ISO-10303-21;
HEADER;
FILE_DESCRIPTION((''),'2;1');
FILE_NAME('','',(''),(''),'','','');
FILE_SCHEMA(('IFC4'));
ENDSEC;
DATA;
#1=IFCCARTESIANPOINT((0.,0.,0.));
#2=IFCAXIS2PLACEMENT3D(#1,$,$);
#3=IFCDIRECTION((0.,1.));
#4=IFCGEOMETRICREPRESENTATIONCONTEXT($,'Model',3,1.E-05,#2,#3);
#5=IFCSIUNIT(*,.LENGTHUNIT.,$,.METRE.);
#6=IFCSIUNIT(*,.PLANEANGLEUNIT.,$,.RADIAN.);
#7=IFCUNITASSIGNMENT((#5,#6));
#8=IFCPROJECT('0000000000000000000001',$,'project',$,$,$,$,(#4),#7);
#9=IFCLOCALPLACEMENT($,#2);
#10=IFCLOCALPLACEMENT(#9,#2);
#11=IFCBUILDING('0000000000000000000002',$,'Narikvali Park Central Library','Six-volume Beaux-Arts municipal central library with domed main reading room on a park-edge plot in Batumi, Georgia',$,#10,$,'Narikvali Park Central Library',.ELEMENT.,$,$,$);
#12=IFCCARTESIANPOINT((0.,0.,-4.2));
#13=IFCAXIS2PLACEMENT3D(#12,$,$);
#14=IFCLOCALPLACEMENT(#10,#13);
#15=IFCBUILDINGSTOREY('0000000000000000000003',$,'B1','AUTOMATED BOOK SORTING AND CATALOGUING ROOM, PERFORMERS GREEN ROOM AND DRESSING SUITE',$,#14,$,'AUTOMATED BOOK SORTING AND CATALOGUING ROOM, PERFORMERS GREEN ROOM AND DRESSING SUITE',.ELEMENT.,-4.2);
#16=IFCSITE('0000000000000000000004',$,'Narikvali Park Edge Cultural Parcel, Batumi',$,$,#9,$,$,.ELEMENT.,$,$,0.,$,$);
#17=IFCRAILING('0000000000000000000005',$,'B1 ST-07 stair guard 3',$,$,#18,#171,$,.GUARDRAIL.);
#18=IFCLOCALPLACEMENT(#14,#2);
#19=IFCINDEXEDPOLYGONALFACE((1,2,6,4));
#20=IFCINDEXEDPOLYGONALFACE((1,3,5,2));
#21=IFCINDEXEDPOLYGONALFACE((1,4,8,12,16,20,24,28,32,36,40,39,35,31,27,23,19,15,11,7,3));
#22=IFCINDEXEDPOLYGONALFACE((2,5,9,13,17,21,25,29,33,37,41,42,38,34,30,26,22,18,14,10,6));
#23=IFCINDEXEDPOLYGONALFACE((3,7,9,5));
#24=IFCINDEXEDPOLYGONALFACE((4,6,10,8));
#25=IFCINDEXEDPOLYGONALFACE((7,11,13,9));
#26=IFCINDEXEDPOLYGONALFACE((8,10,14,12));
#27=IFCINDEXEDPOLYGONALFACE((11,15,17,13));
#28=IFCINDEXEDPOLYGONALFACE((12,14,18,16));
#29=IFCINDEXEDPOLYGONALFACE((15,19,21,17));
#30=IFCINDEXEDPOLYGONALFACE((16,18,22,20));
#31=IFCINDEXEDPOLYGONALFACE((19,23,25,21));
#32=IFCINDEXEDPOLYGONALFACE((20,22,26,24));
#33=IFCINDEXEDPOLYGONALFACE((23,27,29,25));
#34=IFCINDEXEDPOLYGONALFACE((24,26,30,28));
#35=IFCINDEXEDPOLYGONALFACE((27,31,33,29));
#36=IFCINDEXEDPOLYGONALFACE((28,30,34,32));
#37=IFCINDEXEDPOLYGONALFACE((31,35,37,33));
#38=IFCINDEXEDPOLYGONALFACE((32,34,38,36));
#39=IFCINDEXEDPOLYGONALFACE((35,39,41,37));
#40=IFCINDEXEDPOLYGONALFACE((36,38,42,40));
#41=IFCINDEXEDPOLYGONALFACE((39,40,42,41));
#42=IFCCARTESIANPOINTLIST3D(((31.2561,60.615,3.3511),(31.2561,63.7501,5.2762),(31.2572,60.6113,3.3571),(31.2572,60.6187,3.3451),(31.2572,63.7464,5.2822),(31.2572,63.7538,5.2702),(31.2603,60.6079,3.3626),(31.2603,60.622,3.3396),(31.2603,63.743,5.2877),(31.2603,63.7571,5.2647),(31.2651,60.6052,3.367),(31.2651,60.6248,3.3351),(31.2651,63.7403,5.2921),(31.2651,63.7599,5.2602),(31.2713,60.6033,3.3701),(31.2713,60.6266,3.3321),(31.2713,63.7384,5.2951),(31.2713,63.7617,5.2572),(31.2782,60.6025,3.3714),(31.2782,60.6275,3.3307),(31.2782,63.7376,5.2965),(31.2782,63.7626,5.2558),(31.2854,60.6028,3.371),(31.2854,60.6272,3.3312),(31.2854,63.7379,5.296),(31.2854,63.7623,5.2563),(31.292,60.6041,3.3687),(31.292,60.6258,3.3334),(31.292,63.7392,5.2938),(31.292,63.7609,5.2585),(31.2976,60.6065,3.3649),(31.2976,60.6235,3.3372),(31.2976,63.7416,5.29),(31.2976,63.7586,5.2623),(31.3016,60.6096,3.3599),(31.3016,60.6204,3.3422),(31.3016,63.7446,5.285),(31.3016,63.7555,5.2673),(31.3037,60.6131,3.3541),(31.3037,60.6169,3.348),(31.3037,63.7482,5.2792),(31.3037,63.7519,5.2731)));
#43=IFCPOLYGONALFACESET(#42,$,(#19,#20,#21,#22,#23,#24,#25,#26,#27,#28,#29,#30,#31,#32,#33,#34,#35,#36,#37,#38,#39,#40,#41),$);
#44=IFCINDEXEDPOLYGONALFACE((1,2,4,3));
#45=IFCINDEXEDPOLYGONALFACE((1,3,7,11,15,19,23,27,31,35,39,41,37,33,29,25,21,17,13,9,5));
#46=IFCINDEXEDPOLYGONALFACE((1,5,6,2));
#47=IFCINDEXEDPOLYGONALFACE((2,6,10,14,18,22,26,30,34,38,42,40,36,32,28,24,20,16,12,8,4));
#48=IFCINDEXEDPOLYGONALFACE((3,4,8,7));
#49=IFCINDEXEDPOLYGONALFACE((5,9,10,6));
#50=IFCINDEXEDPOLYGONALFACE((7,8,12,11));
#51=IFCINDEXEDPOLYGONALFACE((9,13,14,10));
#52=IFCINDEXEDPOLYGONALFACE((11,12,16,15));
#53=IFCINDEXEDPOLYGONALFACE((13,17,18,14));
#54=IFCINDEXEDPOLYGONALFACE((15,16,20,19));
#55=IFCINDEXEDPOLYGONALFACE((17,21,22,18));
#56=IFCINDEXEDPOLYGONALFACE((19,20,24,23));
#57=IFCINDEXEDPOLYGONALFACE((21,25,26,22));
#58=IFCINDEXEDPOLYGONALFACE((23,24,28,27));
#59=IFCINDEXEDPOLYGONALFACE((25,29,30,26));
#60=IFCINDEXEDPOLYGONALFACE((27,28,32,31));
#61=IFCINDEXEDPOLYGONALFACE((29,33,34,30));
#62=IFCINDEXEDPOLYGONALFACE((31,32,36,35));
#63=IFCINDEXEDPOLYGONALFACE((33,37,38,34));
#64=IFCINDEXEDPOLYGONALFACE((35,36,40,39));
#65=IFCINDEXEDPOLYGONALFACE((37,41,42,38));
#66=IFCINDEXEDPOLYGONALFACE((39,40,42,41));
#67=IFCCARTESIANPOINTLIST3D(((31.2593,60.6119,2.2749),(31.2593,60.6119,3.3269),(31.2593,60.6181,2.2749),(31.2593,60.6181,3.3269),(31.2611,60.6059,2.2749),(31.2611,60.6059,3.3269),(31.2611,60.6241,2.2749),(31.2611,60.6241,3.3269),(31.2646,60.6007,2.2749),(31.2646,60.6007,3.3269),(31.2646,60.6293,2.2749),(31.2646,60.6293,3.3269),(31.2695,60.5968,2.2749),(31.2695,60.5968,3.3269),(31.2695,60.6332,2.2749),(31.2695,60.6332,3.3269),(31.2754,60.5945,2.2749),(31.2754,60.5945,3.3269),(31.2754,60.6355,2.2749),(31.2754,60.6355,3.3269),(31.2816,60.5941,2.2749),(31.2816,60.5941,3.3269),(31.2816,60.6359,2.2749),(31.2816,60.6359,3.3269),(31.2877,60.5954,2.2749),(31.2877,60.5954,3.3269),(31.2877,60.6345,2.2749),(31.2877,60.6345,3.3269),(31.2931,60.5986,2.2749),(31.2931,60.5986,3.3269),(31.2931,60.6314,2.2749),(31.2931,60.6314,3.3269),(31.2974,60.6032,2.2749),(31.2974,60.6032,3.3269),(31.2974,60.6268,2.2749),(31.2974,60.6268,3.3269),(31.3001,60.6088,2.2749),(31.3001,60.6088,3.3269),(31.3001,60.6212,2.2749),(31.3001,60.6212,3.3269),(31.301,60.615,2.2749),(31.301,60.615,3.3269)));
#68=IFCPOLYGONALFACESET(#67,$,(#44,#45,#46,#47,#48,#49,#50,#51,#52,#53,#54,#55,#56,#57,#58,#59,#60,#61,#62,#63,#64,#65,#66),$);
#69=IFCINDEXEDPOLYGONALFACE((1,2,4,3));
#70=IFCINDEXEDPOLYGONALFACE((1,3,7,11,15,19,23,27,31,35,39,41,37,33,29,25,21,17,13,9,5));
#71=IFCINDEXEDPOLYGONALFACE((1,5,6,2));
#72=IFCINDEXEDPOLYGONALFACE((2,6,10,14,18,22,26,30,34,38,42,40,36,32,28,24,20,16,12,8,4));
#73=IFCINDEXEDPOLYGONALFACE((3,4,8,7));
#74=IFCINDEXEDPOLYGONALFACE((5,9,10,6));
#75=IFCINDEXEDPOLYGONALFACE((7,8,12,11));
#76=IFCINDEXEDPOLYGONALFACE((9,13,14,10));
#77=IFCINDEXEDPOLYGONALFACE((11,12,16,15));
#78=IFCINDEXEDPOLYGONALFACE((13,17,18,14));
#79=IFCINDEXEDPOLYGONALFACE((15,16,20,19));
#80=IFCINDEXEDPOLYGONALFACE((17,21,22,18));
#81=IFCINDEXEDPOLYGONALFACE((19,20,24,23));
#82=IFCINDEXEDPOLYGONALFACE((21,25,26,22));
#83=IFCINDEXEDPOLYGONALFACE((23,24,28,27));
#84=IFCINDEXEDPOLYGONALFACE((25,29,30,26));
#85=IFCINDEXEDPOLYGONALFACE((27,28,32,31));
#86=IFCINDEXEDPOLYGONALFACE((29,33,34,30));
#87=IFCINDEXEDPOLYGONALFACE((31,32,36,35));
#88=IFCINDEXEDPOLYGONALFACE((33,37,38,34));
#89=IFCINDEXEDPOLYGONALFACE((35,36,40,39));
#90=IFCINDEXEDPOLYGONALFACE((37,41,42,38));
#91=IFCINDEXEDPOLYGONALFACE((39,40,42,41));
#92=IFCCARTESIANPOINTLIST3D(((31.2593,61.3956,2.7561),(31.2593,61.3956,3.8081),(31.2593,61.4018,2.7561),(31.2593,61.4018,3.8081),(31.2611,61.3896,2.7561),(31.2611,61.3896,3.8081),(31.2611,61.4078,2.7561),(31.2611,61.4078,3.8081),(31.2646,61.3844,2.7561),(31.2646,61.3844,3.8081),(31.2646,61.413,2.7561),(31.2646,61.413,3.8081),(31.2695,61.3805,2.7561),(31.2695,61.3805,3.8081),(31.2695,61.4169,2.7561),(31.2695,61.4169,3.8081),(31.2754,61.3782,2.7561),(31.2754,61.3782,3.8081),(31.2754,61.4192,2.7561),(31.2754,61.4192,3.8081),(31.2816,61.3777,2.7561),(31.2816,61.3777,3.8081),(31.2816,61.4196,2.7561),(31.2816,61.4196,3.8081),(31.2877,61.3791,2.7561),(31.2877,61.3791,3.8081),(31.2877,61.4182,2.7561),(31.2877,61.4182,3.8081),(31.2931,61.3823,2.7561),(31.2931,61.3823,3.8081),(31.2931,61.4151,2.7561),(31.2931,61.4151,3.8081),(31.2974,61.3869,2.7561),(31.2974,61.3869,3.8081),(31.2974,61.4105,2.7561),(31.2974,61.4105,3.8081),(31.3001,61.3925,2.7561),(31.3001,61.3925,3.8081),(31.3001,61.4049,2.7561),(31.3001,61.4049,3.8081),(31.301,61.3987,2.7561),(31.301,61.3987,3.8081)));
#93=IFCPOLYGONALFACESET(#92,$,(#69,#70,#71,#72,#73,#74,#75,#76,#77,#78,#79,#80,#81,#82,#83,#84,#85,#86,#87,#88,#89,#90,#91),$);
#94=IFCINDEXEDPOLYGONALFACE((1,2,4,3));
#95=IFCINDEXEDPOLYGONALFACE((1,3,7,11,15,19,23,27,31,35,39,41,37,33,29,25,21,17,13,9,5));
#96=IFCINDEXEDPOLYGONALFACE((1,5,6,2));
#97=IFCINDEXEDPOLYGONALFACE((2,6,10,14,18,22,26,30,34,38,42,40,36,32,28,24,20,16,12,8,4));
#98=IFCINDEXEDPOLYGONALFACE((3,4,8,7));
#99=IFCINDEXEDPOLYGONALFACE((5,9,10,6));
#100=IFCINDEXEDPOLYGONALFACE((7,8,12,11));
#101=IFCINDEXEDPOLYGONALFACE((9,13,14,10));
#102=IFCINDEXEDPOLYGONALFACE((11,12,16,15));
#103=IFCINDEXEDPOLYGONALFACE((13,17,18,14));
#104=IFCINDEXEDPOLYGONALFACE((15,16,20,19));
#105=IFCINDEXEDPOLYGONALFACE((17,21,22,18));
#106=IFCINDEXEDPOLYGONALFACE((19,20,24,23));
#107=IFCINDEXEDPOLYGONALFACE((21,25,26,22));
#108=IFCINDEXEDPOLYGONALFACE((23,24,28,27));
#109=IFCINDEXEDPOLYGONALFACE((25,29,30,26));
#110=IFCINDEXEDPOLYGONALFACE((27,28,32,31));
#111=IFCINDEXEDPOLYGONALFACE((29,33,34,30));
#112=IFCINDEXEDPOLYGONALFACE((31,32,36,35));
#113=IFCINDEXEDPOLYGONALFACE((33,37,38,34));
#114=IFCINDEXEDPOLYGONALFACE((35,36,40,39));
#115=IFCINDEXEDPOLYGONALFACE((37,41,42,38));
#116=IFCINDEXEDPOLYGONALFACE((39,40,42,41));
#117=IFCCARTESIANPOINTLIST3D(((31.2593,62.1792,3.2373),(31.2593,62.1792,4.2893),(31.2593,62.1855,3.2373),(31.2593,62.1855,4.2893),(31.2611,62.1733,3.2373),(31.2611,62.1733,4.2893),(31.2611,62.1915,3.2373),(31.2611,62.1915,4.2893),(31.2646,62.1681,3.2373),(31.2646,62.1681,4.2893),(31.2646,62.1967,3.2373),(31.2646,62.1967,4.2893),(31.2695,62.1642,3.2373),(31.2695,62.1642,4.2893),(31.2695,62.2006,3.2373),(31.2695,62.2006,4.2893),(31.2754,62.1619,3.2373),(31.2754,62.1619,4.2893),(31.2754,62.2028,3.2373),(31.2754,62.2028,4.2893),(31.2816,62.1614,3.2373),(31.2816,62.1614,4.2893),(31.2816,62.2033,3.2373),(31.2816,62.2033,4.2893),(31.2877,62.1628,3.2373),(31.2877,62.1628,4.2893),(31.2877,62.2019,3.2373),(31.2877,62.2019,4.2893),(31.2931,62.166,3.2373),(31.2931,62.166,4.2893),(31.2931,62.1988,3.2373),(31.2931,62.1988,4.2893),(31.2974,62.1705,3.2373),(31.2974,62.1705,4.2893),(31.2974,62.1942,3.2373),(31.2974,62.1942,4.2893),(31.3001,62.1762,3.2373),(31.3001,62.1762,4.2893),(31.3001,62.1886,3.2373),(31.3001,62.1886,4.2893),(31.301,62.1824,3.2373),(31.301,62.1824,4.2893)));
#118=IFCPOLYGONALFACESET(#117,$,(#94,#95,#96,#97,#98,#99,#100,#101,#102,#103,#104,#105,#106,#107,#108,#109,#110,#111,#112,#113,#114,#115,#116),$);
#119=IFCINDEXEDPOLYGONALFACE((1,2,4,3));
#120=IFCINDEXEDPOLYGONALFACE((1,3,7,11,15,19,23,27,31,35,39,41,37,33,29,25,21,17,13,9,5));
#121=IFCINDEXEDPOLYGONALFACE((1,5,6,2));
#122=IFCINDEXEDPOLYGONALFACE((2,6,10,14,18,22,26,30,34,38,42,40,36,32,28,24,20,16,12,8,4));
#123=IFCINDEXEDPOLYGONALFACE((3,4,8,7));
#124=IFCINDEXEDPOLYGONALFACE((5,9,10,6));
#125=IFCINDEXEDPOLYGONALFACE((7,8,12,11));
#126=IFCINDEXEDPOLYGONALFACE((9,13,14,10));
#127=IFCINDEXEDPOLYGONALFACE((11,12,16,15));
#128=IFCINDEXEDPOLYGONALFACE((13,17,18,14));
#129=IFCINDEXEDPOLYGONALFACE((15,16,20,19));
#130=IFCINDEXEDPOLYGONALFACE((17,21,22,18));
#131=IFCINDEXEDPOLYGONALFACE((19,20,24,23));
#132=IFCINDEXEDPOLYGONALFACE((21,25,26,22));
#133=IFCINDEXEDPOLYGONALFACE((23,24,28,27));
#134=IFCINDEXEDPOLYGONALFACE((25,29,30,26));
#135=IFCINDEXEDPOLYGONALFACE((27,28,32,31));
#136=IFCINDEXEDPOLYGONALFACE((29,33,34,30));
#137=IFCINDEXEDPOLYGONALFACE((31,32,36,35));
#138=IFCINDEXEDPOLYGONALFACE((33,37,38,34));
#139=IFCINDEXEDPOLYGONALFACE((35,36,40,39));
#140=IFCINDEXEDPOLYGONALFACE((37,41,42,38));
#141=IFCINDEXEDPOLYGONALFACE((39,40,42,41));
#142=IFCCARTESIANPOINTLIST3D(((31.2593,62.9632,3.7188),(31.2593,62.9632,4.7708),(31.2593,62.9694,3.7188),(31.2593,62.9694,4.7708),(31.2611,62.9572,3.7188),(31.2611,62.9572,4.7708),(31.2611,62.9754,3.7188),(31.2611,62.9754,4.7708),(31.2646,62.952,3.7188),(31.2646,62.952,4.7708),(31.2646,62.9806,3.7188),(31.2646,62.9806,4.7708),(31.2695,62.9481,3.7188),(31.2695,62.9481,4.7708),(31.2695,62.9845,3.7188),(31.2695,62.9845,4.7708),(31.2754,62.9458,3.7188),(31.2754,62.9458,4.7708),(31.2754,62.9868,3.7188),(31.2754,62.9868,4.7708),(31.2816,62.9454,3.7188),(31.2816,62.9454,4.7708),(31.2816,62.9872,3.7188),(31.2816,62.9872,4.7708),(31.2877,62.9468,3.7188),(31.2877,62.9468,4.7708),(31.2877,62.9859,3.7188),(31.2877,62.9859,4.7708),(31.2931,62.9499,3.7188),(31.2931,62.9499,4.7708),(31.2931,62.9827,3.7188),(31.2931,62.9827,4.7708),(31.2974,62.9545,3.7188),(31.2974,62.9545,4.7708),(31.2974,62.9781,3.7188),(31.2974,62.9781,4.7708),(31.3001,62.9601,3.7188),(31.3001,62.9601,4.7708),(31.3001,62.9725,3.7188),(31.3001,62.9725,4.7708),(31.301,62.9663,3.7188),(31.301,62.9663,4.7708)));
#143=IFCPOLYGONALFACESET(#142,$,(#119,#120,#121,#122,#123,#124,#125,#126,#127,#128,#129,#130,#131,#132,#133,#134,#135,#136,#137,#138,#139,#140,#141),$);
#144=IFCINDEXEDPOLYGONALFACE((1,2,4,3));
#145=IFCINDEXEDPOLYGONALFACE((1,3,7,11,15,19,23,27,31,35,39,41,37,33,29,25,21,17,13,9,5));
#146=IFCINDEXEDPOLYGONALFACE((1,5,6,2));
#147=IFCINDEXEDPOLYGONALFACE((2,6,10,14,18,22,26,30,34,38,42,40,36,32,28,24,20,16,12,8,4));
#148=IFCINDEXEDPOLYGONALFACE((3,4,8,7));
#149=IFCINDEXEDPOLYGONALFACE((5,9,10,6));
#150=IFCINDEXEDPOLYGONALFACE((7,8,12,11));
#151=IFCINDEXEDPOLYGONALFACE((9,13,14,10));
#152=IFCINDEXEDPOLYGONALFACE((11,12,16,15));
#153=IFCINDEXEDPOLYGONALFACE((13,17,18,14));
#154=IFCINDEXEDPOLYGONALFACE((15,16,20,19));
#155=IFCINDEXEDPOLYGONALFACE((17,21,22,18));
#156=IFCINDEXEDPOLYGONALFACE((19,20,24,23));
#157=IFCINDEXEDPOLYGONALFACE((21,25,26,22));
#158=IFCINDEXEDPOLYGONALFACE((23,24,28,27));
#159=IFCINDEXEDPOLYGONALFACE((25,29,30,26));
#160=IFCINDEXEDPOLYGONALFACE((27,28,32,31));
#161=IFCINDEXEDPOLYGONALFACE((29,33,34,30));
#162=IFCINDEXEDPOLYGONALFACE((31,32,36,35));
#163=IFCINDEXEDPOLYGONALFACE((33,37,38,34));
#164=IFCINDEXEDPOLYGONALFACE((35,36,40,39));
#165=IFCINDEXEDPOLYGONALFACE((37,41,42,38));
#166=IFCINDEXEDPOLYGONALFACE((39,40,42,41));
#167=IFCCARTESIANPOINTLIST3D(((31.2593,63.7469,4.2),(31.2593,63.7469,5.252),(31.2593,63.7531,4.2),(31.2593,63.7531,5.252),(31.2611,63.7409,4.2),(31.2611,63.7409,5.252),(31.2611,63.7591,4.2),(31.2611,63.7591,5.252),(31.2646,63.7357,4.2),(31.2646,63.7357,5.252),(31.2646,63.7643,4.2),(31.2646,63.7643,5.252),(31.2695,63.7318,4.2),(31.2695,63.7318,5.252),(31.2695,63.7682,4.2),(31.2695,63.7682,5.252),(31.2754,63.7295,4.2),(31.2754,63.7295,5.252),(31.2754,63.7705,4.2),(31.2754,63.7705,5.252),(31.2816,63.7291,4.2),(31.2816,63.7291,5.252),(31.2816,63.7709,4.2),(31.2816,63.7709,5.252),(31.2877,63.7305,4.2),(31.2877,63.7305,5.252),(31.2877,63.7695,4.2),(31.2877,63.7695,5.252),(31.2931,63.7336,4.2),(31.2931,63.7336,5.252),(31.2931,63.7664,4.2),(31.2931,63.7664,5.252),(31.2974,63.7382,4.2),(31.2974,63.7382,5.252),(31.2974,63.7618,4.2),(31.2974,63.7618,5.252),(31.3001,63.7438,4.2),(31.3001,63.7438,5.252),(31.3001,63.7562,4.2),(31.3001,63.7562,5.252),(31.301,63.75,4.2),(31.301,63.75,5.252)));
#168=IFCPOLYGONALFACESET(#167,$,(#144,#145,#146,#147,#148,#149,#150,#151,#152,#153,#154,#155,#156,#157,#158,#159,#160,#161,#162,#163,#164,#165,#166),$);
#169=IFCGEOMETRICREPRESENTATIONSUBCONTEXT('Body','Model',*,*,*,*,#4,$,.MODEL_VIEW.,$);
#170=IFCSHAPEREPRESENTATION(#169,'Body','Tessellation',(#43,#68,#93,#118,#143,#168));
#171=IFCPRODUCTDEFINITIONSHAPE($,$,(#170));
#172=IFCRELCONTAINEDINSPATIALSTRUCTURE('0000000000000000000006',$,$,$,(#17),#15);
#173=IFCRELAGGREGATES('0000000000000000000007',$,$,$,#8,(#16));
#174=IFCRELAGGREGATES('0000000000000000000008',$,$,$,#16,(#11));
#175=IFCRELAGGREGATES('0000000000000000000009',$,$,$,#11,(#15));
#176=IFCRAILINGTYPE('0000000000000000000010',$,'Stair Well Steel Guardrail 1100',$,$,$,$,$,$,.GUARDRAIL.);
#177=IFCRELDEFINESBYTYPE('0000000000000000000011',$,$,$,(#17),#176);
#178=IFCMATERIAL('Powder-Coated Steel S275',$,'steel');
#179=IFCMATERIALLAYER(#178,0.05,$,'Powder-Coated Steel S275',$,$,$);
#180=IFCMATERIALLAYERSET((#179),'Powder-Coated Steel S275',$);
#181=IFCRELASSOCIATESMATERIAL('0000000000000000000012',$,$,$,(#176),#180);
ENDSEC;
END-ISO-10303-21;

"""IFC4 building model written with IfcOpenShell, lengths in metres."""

from ifc_helpers import new_model, si_unit, direction, frame, origin, origin_2d, place, context, subcontext, project, spatial, circle, extrude, material, layer, layer_set, type_object, element, save


model = new_model("IFC4")

# Units and contexts
model_context = context("Model", 3, precision=1e-05, world=origin(), true_north=direction((0.0, 1.0)))
body_context = subcontext(model_context, "Body", "Model", "MODEL_VIEW")
ifc_project = project(units=[si_unit("LENGTHUNIT", "METRE"), si_unit("PLANEANGLEUNIT", "RADIAN")], contexts=[model_context])

# Site, building, storey
site_placement = place(None, origin())
site = spatial("IfcSite", under=ifc_project, at=site_placement, Name="Narikvali Park Edge Cultural Parcel, Batumi", CompositionType="ELEMENT", RefElevation=0.0)
building_placement = place(site_placement, origin())
building = spatial("IfcBuilding", under=site, at=building_placement, Name="Narikvali Park Central Library", Description="Six-volume Beaux-Arts municipal central library with domed main reading room on a park-edge plot in Batumi, Georgia", LongName="Narikvali Park Central Library", CompositionType="ELEMENT")
storey_placement = place(building_placement, frame((0.0, 0.0, -4.2)))
storey = spatial("IfcBuildingStorey", under=building, at=storey_placement, Name="B1", Description="AUTOMATED BOOK SORTING AND CATALOGUING ROOM, PERFORMERS GREEN ROOM AND DRESSING SUITE", LongName="AUTOMATED BOOK SORTING AND CATALOGUING ROOM, PERFORMERS GREEN ROOM AND DRESSING SUITE", CompositionType="ELEMENT", Elevation=-4.2)

# Railing
ifc_material_1 = material(Name="Powder-Coated Steel S275", Category="steel")
ifc_layer_1 = layer(ifc_material_1, 0.05, Name="Powder-Coated Steel S275")
ifc_layer_set_1 = layer_set([ifc_layer_1], Name="Powder-Coated Steel S275")
railing_type_1 = type_object("IfcRailingType", Name="Stair Well Steel Guardrail 1100", PredefinedType="GUARDRAIL", material=ifc_layer_set_1)
railing_1_placement = place(storey_placement, frame((31.28, 60.615, 2.2749)))
element("IfcRailing", 1, at=railing_1_placement, inside=storey, type_object=railing_type_1, Name="B1 ST-07 stair guard 3", PredefinedType="GUARDRAIL", context=body_context, shape_type="SweptSolid", body=[
    extrude(circle(Radius=0.0239, at=origin_2d()), frame((0.0, 0.0, 1.0762), z_axis=(0.0, 0.852166, 0.523271), x_axis=(-1.0, 0.0, 0.0)), (0.0, 0.0, 1.0), 3.679),
    extrude(circle(Radius=0.021, at=origin_2d()), origin(), (0.0, 0.0, 1.0), 1.052),
    extrude(circle(Radius=0.021, at=origin_2d()), frame((0.0, 0.7837, 0.4812)), (0.0, 0.0, 1.0), 1.052),
    extrude(circle(Radius=0.021, at=origin_2d()), frame((0.0, 1.5674, 0.9624)), (0.0, 0.0, 1.0), 1.052),
    extrude(circle(Radius=0.021, at=origin_2d()), frame((0.0, 2.3513, 1.4438)), (0.0, 0.0, 1.0), 1.052),
    extrude(circle(Radius=0.021, at=origin_2d()), frame((0.0, 3.135, 1.925)), (0.0, 0.0, 1.0), 1.052),
])

save(model, "model.ifc")
